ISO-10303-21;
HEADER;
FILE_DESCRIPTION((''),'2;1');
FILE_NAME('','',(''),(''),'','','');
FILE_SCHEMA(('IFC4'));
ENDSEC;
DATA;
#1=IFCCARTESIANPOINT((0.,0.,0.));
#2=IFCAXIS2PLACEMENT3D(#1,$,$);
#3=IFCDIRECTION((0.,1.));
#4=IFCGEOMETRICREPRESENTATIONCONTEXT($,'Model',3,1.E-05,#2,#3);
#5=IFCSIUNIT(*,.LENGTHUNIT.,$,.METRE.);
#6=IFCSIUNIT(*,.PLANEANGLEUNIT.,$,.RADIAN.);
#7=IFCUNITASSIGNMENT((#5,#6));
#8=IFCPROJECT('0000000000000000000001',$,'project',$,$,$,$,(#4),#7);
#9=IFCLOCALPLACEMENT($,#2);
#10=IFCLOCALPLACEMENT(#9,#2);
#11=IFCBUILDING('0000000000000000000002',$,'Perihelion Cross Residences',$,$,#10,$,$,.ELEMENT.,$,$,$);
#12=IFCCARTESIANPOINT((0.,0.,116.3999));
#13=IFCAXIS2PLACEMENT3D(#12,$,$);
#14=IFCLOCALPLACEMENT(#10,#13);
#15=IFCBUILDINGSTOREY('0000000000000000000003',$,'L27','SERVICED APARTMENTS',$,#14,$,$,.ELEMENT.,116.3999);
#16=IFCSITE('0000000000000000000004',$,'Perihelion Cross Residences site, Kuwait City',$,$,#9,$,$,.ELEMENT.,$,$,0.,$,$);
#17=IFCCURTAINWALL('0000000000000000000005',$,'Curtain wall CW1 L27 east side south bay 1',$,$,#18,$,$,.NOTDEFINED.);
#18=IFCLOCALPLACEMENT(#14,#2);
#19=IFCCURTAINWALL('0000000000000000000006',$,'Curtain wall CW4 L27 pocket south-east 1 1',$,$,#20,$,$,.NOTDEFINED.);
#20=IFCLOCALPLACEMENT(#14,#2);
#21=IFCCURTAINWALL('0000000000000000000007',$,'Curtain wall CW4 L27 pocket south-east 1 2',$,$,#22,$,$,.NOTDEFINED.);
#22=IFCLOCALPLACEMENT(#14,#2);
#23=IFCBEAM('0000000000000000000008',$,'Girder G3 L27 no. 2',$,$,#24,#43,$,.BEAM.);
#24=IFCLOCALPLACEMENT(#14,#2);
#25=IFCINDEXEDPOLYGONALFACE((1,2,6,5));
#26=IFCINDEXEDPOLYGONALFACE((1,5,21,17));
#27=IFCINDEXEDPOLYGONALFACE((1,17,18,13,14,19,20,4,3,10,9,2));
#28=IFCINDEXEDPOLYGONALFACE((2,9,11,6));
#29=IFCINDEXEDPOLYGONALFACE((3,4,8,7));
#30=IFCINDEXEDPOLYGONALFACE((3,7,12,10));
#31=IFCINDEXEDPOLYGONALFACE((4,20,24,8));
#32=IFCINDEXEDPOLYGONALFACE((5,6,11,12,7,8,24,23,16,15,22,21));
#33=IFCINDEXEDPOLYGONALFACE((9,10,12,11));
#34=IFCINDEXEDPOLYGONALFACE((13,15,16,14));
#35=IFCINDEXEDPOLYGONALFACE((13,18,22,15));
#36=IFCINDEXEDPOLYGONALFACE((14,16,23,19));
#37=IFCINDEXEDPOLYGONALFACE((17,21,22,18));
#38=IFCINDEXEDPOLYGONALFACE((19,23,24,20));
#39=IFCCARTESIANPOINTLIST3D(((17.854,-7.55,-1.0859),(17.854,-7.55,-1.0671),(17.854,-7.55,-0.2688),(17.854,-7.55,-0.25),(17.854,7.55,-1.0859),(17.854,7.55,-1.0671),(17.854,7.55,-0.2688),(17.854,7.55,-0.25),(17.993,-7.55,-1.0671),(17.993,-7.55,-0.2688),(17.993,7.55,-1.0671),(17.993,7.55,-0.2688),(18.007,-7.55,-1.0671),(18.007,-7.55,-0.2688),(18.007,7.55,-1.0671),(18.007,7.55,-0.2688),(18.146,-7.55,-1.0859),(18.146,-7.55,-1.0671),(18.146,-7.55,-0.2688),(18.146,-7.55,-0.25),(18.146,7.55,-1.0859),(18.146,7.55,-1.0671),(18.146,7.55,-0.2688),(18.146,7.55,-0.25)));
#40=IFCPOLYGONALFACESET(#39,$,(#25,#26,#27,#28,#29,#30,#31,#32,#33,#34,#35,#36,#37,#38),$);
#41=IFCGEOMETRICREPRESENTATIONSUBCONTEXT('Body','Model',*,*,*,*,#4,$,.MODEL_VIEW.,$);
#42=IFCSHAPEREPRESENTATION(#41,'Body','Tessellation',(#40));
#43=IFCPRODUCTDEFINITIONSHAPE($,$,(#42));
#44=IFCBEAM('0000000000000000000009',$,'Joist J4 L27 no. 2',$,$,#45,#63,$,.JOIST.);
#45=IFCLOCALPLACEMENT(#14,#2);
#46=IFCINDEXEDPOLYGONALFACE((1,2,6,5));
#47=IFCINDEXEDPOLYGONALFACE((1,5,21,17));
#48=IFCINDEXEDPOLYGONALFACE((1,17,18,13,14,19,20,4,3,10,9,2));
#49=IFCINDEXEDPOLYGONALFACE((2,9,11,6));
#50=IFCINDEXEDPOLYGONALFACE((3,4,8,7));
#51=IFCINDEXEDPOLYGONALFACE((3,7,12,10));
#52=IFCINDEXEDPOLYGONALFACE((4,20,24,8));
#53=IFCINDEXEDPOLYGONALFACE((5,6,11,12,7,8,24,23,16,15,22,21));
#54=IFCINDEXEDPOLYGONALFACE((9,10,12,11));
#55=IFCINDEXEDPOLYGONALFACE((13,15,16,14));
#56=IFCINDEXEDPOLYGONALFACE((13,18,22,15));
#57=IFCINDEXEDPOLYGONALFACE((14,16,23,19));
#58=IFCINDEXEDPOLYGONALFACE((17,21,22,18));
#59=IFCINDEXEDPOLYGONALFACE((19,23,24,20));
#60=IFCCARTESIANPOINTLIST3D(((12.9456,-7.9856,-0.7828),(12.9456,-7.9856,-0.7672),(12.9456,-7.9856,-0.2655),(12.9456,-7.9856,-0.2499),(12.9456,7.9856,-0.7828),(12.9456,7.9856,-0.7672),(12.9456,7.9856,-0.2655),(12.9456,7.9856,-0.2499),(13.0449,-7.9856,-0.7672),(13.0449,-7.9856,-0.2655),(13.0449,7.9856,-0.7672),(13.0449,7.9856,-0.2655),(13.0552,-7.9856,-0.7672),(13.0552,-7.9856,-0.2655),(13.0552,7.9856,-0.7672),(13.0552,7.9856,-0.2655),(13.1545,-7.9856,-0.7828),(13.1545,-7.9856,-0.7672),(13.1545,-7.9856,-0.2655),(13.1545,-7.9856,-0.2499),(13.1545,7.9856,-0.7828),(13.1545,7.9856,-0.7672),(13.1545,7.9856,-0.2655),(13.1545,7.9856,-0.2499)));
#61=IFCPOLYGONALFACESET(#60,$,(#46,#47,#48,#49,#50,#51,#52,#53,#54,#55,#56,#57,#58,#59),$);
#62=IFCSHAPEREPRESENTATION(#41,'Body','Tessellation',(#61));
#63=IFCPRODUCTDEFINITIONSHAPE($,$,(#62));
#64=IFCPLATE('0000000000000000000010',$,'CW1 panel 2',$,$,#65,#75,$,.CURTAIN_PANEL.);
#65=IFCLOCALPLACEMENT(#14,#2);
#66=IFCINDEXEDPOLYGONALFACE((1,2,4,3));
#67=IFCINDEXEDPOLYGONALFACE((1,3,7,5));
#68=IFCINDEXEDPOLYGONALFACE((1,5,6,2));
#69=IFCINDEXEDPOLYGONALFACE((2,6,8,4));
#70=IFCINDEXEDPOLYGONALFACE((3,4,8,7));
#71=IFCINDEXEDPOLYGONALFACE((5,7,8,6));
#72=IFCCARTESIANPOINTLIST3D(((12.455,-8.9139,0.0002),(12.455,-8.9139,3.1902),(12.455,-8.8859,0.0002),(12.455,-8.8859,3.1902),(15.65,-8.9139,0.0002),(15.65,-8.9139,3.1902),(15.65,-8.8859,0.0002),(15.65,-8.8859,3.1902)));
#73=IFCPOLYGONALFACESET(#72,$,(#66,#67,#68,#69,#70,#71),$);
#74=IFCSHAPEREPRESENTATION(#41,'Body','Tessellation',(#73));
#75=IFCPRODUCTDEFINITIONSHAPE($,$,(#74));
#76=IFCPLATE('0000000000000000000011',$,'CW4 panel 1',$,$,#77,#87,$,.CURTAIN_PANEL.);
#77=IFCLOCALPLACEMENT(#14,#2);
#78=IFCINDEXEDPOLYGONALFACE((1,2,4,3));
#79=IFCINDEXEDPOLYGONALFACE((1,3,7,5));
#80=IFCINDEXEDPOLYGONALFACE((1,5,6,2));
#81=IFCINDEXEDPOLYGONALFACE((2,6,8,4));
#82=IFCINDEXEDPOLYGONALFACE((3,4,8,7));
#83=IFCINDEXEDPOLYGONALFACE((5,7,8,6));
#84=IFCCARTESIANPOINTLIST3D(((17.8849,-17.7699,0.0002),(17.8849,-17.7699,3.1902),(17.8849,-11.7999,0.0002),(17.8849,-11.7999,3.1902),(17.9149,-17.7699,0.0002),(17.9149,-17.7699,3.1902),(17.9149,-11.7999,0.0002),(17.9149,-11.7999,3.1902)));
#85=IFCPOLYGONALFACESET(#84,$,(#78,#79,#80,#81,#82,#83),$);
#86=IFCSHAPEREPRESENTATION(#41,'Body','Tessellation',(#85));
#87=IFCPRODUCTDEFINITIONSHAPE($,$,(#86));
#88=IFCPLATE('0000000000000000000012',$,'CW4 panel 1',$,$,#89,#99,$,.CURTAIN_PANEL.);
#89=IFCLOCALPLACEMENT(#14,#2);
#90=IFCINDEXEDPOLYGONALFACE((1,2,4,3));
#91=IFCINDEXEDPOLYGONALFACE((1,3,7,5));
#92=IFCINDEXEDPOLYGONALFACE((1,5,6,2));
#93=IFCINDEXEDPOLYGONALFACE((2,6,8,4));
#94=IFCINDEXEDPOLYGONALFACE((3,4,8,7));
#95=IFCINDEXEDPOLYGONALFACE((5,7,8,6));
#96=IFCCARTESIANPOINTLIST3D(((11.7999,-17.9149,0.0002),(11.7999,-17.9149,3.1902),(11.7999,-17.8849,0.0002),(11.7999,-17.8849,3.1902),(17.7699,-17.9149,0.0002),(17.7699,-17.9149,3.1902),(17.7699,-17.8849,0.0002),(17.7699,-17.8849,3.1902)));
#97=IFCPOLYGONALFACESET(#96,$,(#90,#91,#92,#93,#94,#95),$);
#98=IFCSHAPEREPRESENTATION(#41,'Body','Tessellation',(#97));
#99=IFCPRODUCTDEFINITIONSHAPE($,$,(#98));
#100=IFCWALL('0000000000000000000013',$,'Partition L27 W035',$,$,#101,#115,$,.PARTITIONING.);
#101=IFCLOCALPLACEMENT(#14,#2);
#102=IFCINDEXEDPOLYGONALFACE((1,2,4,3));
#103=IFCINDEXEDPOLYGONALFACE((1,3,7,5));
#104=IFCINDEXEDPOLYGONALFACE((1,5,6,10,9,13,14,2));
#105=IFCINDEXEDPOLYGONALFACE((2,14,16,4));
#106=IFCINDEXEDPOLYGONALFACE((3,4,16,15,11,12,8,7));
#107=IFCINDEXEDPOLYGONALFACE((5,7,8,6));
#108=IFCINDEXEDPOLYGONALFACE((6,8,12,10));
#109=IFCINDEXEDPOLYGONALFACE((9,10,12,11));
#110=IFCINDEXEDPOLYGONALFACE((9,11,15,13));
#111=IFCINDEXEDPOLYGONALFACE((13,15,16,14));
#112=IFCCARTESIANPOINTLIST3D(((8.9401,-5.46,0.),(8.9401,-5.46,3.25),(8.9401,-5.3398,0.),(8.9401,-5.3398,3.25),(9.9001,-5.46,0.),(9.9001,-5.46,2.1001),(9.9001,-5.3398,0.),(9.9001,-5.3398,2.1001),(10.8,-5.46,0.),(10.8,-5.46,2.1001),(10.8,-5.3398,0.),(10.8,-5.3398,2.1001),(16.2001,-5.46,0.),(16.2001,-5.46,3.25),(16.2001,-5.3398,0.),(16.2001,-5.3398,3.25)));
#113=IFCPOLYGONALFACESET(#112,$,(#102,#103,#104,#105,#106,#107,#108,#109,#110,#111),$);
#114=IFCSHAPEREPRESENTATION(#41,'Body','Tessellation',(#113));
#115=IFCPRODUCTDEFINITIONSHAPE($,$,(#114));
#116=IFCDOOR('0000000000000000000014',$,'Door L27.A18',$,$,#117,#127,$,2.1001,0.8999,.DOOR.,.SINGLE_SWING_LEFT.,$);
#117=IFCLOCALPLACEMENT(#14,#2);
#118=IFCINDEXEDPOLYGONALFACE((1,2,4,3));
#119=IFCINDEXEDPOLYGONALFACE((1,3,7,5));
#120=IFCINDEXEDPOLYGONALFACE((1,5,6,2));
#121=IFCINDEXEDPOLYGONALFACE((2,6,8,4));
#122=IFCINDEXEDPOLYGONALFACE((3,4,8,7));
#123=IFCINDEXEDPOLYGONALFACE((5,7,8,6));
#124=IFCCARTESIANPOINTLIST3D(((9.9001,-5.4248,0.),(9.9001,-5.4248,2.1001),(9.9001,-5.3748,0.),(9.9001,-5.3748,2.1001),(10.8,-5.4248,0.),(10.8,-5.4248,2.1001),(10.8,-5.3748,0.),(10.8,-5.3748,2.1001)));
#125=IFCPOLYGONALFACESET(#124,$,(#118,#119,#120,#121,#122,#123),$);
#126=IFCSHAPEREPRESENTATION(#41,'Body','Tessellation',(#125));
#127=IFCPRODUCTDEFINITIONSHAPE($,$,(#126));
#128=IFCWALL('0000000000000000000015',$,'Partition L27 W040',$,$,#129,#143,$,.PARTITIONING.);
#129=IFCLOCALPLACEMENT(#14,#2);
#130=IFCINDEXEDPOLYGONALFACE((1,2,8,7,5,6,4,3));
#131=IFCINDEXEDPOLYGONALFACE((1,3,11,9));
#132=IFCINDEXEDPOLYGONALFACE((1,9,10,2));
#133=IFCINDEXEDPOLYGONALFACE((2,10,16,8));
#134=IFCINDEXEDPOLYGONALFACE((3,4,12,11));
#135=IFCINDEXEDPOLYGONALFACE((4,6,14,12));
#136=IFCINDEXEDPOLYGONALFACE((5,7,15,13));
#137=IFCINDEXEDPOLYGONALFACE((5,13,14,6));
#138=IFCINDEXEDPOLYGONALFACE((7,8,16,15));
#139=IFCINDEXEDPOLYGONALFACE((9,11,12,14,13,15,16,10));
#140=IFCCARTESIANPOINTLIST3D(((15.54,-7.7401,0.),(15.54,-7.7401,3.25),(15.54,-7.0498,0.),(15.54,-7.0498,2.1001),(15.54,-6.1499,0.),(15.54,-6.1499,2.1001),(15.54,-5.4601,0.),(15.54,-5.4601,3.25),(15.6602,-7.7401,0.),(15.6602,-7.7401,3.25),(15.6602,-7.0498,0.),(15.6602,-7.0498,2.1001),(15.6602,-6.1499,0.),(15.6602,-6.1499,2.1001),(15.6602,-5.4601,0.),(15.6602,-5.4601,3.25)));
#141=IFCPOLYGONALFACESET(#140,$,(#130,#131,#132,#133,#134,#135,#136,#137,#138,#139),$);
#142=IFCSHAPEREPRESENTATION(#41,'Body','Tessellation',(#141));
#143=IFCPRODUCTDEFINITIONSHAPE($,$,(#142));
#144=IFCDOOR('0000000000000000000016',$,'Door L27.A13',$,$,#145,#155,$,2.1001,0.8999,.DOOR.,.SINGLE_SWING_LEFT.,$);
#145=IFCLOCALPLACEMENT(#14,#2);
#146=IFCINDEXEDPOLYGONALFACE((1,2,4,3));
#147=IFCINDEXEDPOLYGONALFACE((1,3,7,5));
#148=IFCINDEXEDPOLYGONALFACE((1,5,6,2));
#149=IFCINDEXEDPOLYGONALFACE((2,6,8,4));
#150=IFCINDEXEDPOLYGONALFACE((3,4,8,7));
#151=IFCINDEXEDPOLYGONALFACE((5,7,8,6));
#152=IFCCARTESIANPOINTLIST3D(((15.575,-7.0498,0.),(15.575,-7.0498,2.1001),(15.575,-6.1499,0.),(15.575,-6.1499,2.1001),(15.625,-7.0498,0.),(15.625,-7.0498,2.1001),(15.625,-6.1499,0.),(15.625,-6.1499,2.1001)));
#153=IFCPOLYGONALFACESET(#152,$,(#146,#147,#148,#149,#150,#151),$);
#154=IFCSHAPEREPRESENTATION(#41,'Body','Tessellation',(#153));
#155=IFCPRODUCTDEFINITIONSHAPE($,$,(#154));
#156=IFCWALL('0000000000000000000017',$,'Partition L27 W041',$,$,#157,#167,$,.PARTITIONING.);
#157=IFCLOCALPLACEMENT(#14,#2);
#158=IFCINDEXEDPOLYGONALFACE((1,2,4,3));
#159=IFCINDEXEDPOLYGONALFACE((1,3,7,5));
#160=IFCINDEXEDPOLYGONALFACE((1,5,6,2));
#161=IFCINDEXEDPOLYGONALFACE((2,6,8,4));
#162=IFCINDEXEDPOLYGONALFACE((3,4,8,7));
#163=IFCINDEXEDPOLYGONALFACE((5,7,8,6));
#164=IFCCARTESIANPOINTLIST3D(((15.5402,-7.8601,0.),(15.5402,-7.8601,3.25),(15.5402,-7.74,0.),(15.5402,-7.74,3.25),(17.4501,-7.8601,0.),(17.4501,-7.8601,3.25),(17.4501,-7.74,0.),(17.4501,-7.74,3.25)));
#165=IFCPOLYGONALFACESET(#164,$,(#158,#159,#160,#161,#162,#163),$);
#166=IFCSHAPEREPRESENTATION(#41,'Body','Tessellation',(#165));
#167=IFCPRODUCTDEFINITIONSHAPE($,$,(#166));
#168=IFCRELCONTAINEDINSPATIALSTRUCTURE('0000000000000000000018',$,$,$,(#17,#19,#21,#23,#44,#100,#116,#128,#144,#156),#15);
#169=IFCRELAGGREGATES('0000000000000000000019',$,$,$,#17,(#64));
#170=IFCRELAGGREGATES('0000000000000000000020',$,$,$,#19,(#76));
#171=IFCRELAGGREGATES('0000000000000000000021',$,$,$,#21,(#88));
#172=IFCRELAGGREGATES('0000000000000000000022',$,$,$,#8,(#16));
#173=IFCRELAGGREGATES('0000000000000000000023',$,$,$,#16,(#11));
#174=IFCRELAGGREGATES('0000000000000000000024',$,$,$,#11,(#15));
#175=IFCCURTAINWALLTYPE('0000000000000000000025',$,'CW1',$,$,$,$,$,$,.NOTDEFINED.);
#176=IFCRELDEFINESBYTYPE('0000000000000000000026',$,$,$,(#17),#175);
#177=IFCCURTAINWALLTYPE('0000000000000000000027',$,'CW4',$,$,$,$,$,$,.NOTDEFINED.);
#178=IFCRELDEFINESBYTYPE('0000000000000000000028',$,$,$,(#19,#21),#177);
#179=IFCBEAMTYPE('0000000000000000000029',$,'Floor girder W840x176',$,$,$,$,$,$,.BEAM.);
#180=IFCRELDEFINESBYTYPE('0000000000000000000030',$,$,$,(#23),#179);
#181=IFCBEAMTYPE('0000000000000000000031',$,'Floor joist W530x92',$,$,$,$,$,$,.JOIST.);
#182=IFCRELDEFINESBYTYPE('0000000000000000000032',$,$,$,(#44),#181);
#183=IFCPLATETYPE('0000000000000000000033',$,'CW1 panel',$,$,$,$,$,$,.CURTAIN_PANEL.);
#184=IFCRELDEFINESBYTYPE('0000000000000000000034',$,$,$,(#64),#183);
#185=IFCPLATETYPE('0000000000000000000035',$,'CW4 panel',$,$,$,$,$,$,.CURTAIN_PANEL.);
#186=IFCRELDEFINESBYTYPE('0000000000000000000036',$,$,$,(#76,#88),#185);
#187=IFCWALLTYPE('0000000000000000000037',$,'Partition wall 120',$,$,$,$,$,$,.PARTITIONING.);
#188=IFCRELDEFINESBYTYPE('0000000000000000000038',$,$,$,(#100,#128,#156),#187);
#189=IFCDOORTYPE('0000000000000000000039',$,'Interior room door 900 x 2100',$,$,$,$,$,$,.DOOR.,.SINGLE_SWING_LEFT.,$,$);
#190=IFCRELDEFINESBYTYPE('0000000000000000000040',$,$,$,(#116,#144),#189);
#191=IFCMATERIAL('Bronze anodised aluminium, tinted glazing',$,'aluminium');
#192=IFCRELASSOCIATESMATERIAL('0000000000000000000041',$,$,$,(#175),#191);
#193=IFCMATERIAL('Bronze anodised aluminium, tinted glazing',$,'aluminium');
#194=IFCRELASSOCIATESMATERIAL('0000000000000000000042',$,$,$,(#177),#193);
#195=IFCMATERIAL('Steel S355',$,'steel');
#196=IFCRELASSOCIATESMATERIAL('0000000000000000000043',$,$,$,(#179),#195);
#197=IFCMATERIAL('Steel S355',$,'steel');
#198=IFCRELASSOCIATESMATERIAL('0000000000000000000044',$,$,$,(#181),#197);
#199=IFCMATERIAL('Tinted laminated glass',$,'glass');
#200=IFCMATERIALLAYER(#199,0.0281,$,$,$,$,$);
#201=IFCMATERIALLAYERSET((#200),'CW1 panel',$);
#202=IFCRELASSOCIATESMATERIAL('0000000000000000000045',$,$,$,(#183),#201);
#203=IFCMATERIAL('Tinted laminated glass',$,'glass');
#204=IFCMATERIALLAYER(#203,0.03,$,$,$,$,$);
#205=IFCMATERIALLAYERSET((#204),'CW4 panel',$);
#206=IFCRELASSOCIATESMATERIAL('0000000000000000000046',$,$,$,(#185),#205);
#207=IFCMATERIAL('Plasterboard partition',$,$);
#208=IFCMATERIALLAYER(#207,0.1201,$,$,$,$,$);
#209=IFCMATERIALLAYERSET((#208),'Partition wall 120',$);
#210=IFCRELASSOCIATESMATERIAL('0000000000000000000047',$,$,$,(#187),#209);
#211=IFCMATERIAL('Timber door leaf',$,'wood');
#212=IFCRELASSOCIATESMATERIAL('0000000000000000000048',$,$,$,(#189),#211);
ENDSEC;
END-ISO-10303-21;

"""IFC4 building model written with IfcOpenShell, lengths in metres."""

from ifc_helpers import new_model, si_unit, direction, frame, frame_2d, origin, origin_2d, place, context, subcontext, project, spatial, rectangle, i_section, extrude, material, layer, layer_set, material_profile, profile_set, type_object, element, fill, aggregate, save


model = new_model("IFC4")

# Units and contexts
model_context = context("Model", 3, precision=1e-05, world=origin(), true_north=direction((0.0, 1.0)))
body_context = subcontext(model_context, "Body", "Model", "MODEL_VIEW")
ifc_project = project(units=[si_unit("LENGTHUNIT", "METRE"), si_unit("PLANEANGLEUNIT", "RADIAN")], contexts=[model_context])

# Site, building, storey
site_placement = place(None, origin())
site = spatial("IfcSite", under=ifc_project, at=site_placement, Name="Perihelion Cross Residences site, Kuwait City", CompositionType="ELEMENT", RefElevation=0.0)
building_placement = place(site_placement, origin())
building = spatial("IfcBuilding", under=site, at=building_placement, Name="Perihelion Cross Residences", CompositionType="ELEMENT")
storey_placement = place(building_placement, frame((0.0, 0.0, 116.3999)))
storey = spatial("IfcBuildingStorey", under=building, at=storey_placement, Name="L27", Description="SERVICED APARTMENTS", CompositionType="ELEMENT", Elevation=116.3999)

# Curtain wall
ifc_material_1 = material(Name="Bronze anodised aluminium, tinted glazing", Category="aluminium")
curtain_wall_type_1 = type_object("IfcCurtainWallType", Name="CW1", PredefinedType="NOTDEFINED", material=ifc_material_1)
curtain_wall_1_placement = place(storey_placement, origin())
curtain_wall_1 = element("IfcCurtainWall", 1, at=curtain_wall_1_placement, inside=storey, type_object=curtain_wall_type_1, Name="Curtain wall CW1 L27 east side south bay 1", PredefinedType="NOTDEFINED")

# Curtain walls
ifc_material_2 = material(Name="Bronze anodised aluminium, tinted glazing", Category="aluminium")
curtain_wall_type_2 = type_object("IfcCurtainWallType", Name="CW4", PredefinedType="NOTDEFINED", material=ifc_material_2)
curtain_wall_2_placement = place(storey_placement, origin())
curtain_wall_2 = element("IfcCurtainWall", 2, at=curtain_wall_2_placement, inside=storey, type_object=curtain_wall_type_2, Name="Curtain wall CW4 L27 pocket south-east 1 1", PredefinedType="NOTDEFINED")
curtain_wall_3_placement = place(storey_placement, origin())
curtain_wall_3 = element("IfcCurtainWall", 3, at=curtain_wall_3_placement, inside=storey, type_object=curtain_wall_type_2, Name="Curtain wall CW4 L27 pocket south-east 1 2", PredefinedType="NOTDEFINED")

# Beams
ifc_material_3 = material(Name="Steel S355", Category="steel")
ifc_material_profile_1 = material_profile(ifc_material_3, i_section(OverallWidth=0.292, OverallDepth=0.8359, WebThickness=0.0139, FlangeThickness=0.0188, at=origin_2d()), Name="W840x176")
ifc_profile_set_1 = profile_set([ifc_material_profile_1], Name="Steel S355")
beam_type_1 = type_object("IfcBeamType", Name="Floor girder W840x176", PredefinedType="BEAM", material=ifc_profile_set_1)
beam_1_placement = place(storey_placement, frame((18.0, -7.55, -0.668), z_axis=(0.0, 1.0, 0.0), x_axis=(-1.0, 0.0, 0.0)))
element("IfcBeam", 4, at=beam_1_placement, inside=storey, type_object=beam_type_1, Name="Girder G3 L27 no. 2", PredefinedType="BEAM", context=body_context, shape_type="SweptSolid", body=[
    extrude(i_section(OverallWidth=0.292, OverallDepth=0.8359, WebThickness=0.0139, FlangeThickness=0.0188, at=origin_2d()), origin(), (0.0, 0.0, 1.0), 15.1001),
])
ifc_material_4 = material(Name="Steel S355", Category="steel")
ifc_material_profile_2 = material_profile(ifc_material_4, i_section(OverallWidth=0.209, OverallDepth=0.533, WebThickness=0.0103, FlangeThickness=0.0156, at=origin_2d()), Name="W530x92")
ifc_profile_set_2 = profile_set([ifc_material_profile_2], Name="Steel S355")
beam_type_2 = type_object("IfcBeamType", Name="Floor joist W530x92", PredefinedType="JOIST", material=ifc_profile_set_2)
beam_2_placement = place(storey_placement, frame((13.05, -7.9856, -0.5164), z_axis=(0.0, 1.0, 0.0), x_axis=(-1.0, 0.0, 0.0)))
element("IfcBeam", 5, at=beam_2_placement, inside=storey, type_object=beam_type_2, Name="Joist J4 L27 no. 2", PredefinedType="JOIST", context=body_context, shape_type="SweptSolid", body=[
    extrude(i_section(OverallWidth=0.209, OverallDepth=0.533, WebThickness=0.0103, FlangeThickness=0.0156, at=origin_2d()), origin(), (0.0, 0.0, 1.0), 15.9712),
])

# Plates
ifc_material_5 = material(Name="Tinted laminated glass", Category="glass")
ifc_layer_1 = layer(ifc_material_5, 0.0281)
ifc_layer_set_1 = layer_set([ifc_layer_1], Name="CW1 panel")
plate_type_1 = type_object("IfcPlateType", Name="CW1 panel", PredefinedType="CURTAIN_PANEL", material=ifc_layer_set_1)
plate_1_placement = place(storey_placement, frame((14.0525, -8.8999, 0.0002), z_axis=(0.0, 0.0, 1.0), x_axis=(1.0, 0.0, 0.0)))
plate_1 = element("IfcPlate", 6, at=plate_1_placement, type_object=plate_type_1, Name="CW1 panel 2", PredefinedType="CURTAIN_PANEL", context=body_context, shape_type="SweptSolid", body=[
    extrude(rectangle(XDim=3.1951, YDim=0.0281, at=origin_2d()), origin(), (0.0, 0.0, 1.0), 3.1899),
])
aggregate(curtain_wall_1, [plate_1])
ifc_material_6 = material(Name="Tinted laminated glass", Category="glass")
ifc_layer_2 = layer(ifc_material_6, 0.03)
ifc_layer_set_2 = layer_set([ifc_layer_2], Name="CW4 panel")
plate_type_2 = type_object("IfcPlateType", Name="CW4 panel", PredefinedType="CURTAIN_PANEL", material=ifc_layer_set_2)
plate_2_placement = place(storey_placement, frame((17.8999, -14.7849, 0.0002), z_axis=(0.0, 0.0, 1.0), x_axis=(0.0, -1.0, 0.0)))
plate_2 = element("IfcPlate", 7, at=plate_2_placement, type_object=plate_type_2, Name="CW4 panel 1", PredefinedType="CURTAIN_PANEL", context=body_context, shape_type="SweptSolid", body=[
    extrude(rectangle(XDim=5.97, YDim=0.03, at=origin_2d()), origin(), (0.0, 0.0, 1.0), 3.1899),
])
aggregate(curtain_wall_2, [plate_2])
plate_3_placement = place(storey_placement, frame((14.7849, -17.8999, 0.0002), z_axis=(0.0, 0.0, 1.0), x_axis=(-1.0, 0.0, 0.0)))
plate_3 = element("IfcPlate", 8, at=plate_3_placement, type_object=plate_type_2, Name="CW4 panel 1", PredefinedType="CURTAIN_PANEL", context=body_context, shape_type="SweptSolid", body=[
    extrude(rectangle(XDim=5.97, YDim=0.03, at=origin_2d()), origin(), (0.0, 0.0, 1.0), 3.1899),
])
aggregate(curtain_wall_3, [plate_3])

# Walls, openings, doors
ifc_material_7 = material(Name="Plasterboard partition")
ifc_layer_3 = layer(ifc_material_7, 0.1201)
ifc_layer_set_3 = layer_set([ifc_layer_3], Name="Partition wall 120")
wall_type_1 = type_object("IfcWallType", Name="Partition wall 120", PredefinedType="PARTITIONING", material=ifc_layer_set_3)
wall_1_placement = place(storey_placement, frame((16.2, -5.3999, 0.0), z_axis=(0.0, 0.0, 1.0), x_axis=(-1.0, 0.0, 0.0)))
wall_1 = element("IfcWall", 9, at=wall_1_placement, inside=storey, type_object=wall_type_1, Name="Partition L27 W035", PredefinedType="PARTITIONING", context=body_context, shape_type="SweptSolid", body=[
    extrude(rectangle(XDim=7.26, YDim=0.1201, at=frame_2d((3.6299, 0.0))), origin(), (0.0, 0.0, 1.0), 3.25),
])
opening_1_placement = place(wall_1_placement, frame((5.3999, 0.0, 0.0)))
opening_1 = element("IfcOpeningElement", 10, at=opening_1_placement, cuts=wall_1, PredefinedType="OPENING", context=body_context, shape_type="SweptSolid", body=[
    extrude(rectangle(XDim=0.8999, YDim=2.1001, at=frame_2d((0.45, 1.05))), frame((0.0, 0.0701, 0.0), z_axis=(0.0, -1.0, 0.0), x_axis=(1.0, 0.0, 0.0)), (0.0, 0.0, 1.0), 0.1401),
])
ifc_material_8 = material(Name="Timber door leaf", Category="wood")
door_type_1 = type_object("IfcDoorType", Name="Interior room door 900 x 2100", OperationType="SINGLE_SWING_LEFT", PredefinedType="DOOR", material=ifc_material_8)
door_1_placement = place(opening_1_placement, origin())
door_1 = element("IfcDoor", 11, at=door_1_placement, inside=storey, type_object=door_type_1, Name="Door L27.A18", OperationType="SINGLE_SWING_LEFT", OverallHeight=2.1001, OverallWidth=0.8999, PredefinedType="DOOR", context=body_context, shape_type="SweptSolid", body=[
    extrude(rectangle(XDim=0.8999, YDim=2.1001, at=frame_2d((0.45, 1.05))), frame((0.0, 0.0249, 0.0), z_axis=(0.0, -1.0, 0.0), x_axis=(1.0, 0.0, 0.0)), (0.0, 0.0, 1.0), 0.05),
])
fill(opening_1, door_1)
wall_2_placement = place(storey_placement, frame((15.6001, -5.46, 0.0), z_axis=(0.0, 0.0, 1.0), x_axis=(0.0, -1.0, 0.0)))
wall_2 = element("IfcWall", 12, at=wall_2_placement, inside=storey, type_object=wall_type_1, Name="Partition L27 W040", PredefinedType="PARTITIONING", context=body_context, shape_type="SweptSolid", body=[
    extrude(rectangle(XDim=2.28, YDim=0.1201, at=frame_2d((1.1401, 0.0))), origin(), (0.0, 0.0, 1.0), 3.25),
])
opening_2_placement = place(wall_2_placement, frame((0.6899, 0.0, 0.0)))
opening_2 = element("IfcOpeningElement", 13, at=opening_2_placement, cuts=wall_2, PredefinedType="OPENING", context=body_context, shape_type="SweptSolid", body=[
    extrude(rectangle(XDim=0.8999, YDim=2.1001, at=frame_2d((0.45, 1.05))), frame((0.0, 0.0701, 0.0), z_axis=(0.0, -1.0, 0.0), x_axis=(1.0, 0.0, 0.0)), (0.0, 0.0, 1.0), 0.1401),
])
door_2_placement = place(opening_2_placement, origin())
door_2 = element("IfcDoor", 14, at=door_2_placement, inside=storey, type_object=door_type_1, Name="Door L27.A13", OperationType="SINGLE_SWING_LEFT", OverallHeight=2.1001, OverallWidth=0.8999, PredefinedType="DOOR", context=body_context, shape_type="SweptSolid", body=[
    extrude(rectangle(XDim=0.8999, YDim=2.1001, at=frame_2d((0.45, 1.05))), frame((0.0, 0.0249, 0.0), z_axis=(0.0, -1.0, 0.0), x_axis=(1.0, 0.0, 0.0)), (0.0, 0.0, 1.0), 0.05),
])
fill(opening_2, door_2)

# Wall
wall_3_placement = place(storey_placement, frame((15.54, -7.8, 0.0), z_axis=(0.0, 0.0, 1.0), x_axis=(1.0, 0.0, 0.0)))
element("IfcWall", 15, at=wall_3_placement, inside=storey, type_object=wall_type_1, Name="Partition L27 W041", PredefinedType="PARTITIONING", context=body_context, shape_type="SweptSolid", body=[
    extrude(rectangle(XDim=1.9099, YDim=0.1201, at=frame_2d((0.9551, 0.0))), origin(), (0.0, 0.0, 1.0), 3.25),
])

save(model, "model.ifc")
